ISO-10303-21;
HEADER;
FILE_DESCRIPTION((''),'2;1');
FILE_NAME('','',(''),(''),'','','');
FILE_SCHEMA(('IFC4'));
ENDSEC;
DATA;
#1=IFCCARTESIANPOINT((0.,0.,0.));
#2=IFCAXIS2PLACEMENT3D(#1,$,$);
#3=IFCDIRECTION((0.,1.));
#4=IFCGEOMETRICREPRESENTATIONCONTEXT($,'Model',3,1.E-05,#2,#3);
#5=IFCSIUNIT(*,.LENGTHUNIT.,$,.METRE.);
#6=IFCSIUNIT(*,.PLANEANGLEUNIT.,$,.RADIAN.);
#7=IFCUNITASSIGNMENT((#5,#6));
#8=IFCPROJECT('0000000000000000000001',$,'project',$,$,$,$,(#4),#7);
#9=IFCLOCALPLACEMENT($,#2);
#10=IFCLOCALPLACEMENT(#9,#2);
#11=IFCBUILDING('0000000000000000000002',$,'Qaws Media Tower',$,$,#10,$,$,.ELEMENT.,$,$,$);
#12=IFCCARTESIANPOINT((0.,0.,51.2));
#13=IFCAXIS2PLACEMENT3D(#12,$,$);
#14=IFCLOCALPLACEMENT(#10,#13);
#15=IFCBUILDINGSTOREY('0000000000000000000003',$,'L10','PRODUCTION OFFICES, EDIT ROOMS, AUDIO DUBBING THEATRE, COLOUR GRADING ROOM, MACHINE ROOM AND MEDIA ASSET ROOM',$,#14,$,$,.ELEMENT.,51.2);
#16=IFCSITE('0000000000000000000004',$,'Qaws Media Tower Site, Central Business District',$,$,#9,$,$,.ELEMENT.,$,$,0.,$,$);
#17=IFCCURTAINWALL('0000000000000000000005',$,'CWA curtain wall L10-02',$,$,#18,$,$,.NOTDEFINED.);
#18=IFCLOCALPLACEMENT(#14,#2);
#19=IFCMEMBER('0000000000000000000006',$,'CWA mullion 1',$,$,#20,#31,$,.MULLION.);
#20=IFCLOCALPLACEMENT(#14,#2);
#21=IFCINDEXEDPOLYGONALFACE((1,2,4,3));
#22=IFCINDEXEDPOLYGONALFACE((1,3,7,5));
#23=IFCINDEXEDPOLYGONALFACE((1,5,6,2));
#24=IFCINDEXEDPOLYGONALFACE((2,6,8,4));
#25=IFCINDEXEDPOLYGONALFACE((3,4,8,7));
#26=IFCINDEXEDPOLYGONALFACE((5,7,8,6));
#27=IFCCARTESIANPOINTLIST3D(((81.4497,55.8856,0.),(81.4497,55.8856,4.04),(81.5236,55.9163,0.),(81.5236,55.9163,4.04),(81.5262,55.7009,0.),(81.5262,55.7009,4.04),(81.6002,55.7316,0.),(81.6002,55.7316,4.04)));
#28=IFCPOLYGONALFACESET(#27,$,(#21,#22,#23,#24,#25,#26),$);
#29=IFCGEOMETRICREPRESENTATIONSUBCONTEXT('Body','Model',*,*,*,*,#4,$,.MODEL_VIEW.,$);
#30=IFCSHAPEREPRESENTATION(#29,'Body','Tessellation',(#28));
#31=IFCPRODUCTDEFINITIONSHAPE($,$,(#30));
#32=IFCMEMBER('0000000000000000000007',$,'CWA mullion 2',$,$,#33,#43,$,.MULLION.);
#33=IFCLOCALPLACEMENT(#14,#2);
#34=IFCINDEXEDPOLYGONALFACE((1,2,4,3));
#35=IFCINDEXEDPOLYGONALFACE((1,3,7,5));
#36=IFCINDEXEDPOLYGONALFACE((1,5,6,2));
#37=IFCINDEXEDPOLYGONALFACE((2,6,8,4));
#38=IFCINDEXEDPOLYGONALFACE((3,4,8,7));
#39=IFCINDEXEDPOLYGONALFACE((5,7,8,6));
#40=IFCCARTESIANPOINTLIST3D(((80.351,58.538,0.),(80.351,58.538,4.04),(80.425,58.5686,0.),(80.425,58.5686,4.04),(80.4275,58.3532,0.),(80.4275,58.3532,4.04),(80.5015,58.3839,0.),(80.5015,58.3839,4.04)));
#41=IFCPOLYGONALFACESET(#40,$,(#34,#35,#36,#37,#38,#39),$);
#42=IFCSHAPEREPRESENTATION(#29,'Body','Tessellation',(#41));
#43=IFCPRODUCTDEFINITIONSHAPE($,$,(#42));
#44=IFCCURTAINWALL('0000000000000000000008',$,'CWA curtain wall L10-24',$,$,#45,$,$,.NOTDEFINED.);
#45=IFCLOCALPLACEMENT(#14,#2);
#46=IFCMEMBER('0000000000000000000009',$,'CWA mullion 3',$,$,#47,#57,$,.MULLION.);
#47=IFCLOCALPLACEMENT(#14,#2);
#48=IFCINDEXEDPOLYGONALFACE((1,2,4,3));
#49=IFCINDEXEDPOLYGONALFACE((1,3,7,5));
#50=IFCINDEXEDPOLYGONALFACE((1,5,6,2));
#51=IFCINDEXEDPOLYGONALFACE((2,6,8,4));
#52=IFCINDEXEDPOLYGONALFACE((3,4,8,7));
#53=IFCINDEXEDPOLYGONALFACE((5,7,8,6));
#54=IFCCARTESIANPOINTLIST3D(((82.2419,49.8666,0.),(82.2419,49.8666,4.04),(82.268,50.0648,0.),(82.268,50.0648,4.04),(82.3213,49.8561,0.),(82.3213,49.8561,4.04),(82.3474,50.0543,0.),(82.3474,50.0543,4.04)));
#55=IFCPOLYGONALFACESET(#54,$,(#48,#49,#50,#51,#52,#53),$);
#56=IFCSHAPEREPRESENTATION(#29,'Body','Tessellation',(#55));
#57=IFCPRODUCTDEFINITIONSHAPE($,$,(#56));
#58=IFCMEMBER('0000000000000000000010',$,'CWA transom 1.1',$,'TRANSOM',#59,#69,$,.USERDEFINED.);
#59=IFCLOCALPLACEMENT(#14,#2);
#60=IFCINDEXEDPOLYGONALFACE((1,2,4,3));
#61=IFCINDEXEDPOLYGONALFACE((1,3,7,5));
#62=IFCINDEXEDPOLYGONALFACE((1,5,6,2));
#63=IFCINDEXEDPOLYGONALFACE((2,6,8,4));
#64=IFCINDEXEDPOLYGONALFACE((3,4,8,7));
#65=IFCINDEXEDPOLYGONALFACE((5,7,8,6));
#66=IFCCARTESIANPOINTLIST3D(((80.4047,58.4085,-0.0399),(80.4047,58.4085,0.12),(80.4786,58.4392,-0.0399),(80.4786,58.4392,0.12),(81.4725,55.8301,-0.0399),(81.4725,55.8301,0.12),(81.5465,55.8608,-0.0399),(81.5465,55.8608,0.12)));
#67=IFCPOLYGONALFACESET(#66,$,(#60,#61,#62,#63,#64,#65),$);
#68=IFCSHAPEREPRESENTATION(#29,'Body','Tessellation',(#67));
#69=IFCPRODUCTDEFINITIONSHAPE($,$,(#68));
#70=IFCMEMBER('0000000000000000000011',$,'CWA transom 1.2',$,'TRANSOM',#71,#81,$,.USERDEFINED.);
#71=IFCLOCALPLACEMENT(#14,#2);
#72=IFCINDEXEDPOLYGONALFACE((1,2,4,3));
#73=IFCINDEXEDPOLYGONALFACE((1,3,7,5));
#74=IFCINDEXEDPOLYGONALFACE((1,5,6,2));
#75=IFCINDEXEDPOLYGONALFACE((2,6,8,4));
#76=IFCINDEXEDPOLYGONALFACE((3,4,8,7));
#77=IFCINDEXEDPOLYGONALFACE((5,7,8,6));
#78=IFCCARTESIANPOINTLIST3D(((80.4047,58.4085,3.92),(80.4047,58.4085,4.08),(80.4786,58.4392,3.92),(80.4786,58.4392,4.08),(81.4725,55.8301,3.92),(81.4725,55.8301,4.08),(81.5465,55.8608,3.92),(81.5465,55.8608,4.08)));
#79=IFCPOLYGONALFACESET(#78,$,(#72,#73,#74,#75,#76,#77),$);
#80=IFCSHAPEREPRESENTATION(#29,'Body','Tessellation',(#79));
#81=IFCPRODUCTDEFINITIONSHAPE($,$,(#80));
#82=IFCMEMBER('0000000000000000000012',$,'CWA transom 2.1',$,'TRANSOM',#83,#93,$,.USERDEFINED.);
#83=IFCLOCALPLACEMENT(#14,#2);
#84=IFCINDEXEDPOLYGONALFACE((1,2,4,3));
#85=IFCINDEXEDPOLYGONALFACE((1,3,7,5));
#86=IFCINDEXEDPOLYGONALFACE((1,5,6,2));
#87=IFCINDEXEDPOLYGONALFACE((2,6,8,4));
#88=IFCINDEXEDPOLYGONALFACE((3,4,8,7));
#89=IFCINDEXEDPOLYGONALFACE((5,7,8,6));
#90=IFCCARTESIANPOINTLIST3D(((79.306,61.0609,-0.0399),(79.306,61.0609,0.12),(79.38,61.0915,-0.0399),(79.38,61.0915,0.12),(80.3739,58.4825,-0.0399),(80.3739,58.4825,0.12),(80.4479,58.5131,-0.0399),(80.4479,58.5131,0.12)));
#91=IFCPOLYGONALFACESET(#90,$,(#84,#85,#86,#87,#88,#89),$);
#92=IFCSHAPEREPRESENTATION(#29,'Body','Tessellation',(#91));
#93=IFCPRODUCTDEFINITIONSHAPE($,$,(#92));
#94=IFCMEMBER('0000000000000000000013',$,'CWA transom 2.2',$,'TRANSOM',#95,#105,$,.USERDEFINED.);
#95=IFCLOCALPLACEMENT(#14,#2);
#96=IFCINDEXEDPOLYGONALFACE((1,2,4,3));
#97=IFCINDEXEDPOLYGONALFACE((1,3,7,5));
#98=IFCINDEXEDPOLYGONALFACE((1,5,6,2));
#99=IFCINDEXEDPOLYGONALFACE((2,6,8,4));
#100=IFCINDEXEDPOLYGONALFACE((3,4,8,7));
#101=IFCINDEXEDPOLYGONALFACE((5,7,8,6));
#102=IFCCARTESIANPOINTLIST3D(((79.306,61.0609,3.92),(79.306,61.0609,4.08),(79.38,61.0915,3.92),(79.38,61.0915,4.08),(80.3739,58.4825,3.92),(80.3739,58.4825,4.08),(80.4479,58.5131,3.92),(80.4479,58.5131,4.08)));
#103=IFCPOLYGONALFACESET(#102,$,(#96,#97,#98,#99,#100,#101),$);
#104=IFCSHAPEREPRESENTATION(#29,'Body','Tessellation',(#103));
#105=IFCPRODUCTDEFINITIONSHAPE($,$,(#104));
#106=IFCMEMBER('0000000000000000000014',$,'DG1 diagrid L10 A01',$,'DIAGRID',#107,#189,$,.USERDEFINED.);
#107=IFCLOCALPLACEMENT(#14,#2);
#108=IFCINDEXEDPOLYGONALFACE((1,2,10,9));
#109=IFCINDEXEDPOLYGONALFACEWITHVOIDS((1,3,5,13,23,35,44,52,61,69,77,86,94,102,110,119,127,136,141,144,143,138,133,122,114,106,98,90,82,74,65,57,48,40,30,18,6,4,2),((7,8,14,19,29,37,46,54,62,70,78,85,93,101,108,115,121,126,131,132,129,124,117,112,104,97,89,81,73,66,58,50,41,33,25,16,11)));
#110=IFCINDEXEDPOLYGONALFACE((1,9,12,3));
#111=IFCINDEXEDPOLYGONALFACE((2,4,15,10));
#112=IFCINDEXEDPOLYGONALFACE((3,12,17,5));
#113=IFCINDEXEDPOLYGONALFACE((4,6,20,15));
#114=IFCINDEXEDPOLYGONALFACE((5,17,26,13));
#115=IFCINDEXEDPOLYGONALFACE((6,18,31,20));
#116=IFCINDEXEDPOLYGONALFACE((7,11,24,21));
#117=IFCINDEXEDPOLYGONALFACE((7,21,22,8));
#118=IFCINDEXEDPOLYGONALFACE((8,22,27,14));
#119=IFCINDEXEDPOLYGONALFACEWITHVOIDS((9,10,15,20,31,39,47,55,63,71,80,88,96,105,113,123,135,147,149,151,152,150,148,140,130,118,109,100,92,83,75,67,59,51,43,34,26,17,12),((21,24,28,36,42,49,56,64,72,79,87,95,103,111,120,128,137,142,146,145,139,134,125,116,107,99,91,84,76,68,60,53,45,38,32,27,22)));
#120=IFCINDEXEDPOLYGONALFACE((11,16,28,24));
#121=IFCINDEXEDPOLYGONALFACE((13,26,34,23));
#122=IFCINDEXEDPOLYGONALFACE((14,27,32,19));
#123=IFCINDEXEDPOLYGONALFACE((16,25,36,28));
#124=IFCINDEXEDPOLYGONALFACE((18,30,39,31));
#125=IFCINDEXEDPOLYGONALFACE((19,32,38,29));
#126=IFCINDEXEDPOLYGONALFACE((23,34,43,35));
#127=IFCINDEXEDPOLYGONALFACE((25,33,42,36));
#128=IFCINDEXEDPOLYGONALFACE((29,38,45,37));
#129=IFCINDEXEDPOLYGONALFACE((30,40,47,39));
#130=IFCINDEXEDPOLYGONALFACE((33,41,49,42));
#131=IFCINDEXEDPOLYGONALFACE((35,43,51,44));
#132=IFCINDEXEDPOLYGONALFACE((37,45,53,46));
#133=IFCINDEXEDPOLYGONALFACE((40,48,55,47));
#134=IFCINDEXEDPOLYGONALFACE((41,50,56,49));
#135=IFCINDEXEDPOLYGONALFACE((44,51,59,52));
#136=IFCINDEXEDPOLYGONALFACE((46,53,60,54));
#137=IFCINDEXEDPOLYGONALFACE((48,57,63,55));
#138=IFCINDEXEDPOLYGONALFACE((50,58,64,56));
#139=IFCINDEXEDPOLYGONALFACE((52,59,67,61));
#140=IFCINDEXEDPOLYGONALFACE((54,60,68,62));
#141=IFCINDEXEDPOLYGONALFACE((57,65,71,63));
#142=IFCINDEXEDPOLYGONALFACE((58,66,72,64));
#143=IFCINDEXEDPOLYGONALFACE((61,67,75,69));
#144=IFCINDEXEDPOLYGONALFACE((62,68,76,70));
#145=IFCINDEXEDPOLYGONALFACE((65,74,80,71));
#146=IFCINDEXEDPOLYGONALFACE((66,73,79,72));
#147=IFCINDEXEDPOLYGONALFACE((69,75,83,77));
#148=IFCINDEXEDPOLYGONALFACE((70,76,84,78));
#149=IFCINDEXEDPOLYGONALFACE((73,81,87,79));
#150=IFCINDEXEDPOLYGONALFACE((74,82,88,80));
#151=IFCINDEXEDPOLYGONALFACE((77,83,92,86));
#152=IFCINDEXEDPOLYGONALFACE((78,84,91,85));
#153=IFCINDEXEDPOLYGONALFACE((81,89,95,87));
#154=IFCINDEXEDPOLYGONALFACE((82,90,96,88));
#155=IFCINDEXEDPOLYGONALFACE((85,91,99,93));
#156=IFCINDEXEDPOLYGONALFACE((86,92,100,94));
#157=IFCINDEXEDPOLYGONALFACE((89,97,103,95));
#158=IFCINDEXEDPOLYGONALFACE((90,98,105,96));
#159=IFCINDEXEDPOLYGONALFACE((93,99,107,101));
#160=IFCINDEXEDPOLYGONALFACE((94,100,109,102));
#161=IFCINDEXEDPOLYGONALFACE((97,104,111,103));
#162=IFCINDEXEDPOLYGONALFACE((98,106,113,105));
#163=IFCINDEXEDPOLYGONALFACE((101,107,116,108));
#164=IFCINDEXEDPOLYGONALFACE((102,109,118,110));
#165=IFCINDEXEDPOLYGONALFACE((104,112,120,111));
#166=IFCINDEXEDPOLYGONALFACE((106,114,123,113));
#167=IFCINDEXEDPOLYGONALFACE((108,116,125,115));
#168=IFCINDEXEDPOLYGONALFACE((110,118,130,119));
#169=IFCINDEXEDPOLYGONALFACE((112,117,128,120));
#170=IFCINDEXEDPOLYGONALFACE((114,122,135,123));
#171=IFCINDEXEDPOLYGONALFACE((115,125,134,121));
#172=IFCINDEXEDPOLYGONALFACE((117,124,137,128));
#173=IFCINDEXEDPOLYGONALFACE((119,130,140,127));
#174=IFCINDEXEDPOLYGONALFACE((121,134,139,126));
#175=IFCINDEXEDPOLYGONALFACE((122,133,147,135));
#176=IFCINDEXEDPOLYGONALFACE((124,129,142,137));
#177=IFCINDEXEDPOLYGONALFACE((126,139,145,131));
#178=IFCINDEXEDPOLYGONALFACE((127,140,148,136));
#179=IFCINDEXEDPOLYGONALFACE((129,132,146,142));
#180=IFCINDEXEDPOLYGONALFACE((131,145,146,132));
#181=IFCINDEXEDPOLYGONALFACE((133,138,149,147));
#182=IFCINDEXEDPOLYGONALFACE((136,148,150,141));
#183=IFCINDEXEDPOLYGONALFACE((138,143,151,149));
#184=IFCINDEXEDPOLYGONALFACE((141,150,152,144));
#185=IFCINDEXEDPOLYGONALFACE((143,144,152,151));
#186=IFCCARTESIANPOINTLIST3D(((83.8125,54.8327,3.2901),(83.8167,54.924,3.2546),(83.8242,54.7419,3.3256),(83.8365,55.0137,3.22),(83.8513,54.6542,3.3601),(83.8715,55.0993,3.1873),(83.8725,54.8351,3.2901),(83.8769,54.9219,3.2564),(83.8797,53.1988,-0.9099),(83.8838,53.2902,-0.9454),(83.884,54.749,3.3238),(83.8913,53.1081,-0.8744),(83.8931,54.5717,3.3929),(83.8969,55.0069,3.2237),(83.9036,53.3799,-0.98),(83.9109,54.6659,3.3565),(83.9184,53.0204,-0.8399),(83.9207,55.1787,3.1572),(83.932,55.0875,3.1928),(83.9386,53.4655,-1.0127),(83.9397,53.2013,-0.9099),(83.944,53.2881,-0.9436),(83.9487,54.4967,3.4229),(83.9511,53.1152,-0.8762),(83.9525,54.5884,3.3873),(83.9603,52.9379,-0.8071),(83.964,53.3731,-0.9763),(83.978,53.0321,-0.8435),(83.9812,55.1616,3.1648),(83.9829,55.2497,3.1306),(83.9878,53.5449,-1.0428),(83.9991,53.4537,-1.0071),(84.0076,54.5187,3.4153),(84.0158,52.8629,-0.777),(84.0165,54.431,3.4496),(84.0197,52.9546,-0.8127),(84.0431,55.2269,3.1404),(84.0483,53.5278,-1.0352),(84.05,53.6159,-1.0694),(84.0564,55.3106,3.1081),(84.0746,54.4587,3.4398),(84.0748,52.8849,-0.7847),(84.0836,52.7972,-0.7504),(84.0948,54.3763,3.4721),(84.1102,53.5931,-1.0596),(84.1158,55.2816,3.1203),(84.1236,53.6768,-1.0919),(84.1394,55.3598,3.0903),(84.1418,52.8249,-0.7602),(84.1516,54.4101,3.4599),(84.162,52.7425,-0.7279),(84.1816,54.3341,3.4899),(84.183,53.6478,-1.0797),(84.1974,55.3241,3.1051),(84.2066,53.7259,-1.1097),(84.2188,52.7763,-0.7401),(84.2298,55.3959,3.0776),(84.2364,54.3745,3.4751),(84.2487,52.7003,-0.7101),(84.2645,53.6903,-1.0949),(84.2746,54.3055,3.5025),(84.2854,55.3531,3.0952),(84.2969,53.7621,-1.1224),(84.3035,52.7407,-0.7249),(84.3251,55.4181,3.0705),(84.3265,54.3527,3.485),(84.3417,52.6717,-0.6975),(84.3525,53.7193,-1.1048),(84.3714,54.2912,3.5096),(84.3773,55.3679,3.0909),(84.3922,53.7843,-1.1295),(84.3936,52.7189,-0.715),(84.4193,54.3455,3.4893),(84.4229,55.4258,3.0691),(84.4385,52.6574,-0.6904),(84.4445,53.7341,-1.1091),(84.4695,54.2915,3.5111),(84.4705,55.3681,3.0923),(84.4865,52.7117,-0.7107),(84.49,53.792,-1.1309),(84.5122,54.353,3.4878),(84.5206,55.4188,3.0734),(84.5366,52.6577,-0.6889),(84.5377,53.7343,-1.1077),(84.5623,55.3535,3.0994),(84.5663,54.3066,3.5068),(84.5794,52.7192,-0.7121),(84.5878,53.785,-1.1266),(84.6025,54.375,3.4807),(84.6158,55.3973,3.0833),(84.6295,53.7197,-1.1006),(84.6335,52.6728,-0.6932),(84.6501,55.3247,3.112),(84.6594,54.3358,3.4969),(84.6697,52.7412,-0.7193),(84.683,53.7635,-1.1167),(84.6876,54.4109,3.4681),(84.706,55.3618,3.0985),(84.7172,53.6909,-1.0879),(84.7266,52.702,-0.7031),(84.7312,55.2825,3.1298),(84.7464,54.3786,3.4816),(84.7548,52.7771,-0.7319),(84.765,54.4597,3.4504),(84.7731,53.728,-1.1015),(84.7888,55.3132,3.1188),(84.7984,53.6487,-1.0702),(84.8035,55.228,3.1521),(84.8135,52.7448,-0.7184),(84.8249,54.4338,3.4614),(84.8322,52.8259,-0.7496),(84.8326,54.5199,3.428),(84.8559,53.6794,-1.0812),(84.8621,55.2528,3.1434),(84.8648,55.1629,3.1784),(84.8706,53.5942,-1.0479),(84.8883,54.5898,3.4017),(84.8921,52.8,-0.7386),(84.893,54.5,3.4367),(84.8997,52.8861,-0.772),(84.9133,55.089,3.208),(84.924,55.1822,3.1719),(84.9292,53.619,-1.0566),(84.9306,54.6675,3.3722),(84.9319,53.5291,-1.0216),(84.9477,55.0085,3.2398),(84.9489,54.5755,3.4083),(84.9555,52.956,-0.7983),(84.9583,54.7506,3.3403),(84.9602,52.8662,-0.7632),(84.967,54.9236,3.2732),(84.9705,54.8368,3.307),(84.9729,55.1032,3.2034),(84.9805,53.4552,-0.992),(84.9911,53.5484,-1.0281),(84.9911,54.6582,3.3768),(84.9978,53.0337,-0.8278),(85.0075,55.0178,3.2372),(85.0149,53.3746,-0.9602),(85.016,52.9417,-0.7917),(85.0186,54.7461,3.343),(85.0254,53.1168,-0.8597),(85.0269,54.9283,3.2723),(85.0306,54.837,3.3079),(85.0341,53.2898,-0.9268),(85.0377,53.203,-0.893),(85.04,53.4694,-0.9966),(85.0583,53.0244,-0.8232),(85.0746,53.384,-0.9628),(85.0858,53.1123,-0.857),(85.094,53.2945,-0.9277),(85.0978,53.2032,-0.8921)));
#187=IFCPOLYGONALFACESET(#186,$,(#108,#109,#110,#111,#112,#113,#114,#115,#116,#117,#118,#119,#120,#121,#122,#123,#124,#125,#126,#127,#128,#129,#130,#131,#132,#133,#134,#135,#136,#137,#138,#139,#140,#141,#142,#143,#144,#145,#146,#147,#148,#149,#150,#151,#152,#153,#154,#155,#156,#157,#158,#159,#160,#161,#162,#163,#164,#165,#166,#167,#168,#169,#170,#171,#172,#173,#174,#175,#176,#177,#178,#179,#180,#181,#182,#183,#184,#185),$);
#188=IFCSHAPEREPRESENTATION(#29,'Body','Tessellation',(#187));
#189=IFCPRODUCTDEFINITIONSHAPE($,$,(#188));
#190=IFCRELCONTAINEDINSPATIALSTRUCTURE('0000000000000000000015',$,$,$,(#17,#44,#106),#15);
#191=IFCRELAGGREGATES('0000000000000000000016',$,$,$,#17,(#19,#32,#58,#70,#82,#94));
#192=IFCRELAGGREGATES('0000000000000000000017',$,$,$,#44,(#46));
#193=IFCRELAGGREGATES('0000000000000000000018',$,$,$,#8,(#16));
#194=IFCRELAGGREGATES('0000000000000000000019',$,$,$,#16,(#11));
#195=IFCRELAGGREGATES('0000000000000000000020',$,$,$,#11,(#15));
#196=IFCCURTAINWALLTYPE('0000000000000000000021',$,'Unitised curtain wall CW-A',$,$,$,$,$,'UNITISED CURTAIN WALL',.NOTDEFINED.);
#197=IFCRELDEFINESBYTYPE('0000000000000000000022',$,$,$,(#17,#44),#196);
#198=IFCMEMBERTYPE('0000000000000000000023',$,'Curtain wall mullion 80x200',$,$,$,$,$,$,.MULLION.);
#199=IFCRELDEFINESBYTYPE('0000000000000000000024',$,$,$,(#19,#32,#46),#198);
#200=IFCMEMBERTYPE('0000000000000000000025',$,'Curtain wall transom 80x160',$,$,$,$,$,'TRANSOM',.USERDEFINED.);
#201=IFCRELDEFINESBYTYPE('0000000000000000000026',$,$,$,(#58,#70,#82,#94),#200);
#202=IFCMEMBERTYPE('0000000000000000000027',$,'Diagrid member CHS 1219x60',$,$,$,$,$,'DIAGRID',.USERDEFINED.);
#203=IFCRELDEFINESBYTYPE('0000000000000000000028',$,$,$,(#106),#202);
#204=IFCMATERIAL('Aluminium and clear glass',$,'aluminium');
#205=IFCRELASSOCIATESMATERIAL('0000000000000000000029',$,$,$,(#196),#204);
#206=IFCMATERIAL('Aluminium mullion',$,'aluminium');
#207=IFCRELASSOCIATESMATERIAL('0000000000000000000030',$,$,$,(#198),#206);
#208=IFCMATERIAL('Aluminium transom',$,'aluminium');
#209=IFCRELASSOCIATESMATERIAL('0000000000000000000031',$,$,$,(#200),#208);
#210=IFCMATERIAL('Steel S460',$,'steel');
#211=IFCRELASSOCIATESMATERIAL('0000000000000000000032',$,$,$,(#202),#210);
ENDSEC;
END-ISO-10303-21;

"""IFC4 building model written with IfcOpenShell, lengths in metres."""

from ifc_helpers import new_model, si_unit, direction, frame, origin, origin_2d, place, context, subcontext, project, spatial, rectangle, hollow_circle, extrude, material, material_profile, profile_set, type_object, element, aggregate, save


model = new_model("IFC4")

# Units and contexts
model_context = context("Model", 3, precision=1e-05, world=origin(), true_north=direction((0.0, 1.0)))
body_context = subcontext(model_context, "Body", "Model", "MODEL_VIEW")
ifc_project = project(units=[si_unit("LENGTHUNIT", "METRE"), si_unit("PLANEANGLEUNIT", "RADIAN")], contexts=[model_context])

# Site, building, storey
site_placement = place(None, origin())
site = spatial("IfcSite", under=ifc_project, at=site_placement, Name="Qaws Media Tower Site, Central Business District", CompositionType="ELEMENT", RefElevation=0.0)
building_placement = place(site_placement, origin())
building = spatial("IfcBuilding", under=site, at=building_placement, Name="Qaws Media Tower", CompositionType="ELEMENT")
storey_placement = place(building_placement, frame((0.0, 0.0, 51.2)))
storey = spatial("IfcBuildingStorey", under=building, at=storey_placement, Name="L10", Description="PRODUCTION OFFICES, EDIT ROOMS, AUDIO DUBBING THEATRE, COLOUR GRADING ROOM, MACHINE ROOM AND MEDIA ASSET ROOM", CompositionType="ELEMENT", Elevation=51.2)

# Curtain wall, members
ifc_material_1 = material(Name="Aluminium and clear glass", Category="aluminium")
curtain_wall_type = type_object("IfcCurtainWallType", Name="Unitised curtain wall CW-A", ElementType="UNITISED CURTAIN WALL", PredefinedType="NOTDEFINED", material=ifc_material_1)
curtain_wall_1_placement = place(storey_placement, origin())
curtain_wall_1 = element("IfcCurtainWall", 1, at=curtain_wall_1_placement, inside=storey, type_object=curtain_wall_type, Name="CWA curtain wall L10-02", PredefinedType="NOTDEFINED")
ifc_material_2 = material(Name="Aluminium mullion", Category="aluminium")
ifc_material_profile_1 = material_profile(ifc_material_2, rectangle(XDim=0.0801, YDim=0.2, at=origin_2d()), Name="80x200")
ifc_profile_set_1 = profile_set([ifc_material_profile_1], Name="Aluminium mullion")
member_type_1 = type_object("IfcMemberType", Name="Curtain wall mullion 80x200", PredefinedType="MULLION", material=ifc_profile_set_1)
member_1_placement = place(storey_placement, frame((81.5249, 55.8086, 0.0), z_axis=(0.0, 0.0, 1.0), x_axis=(-0.92388, -0.382683, 0.0)))
member_1 = element("IfcMember", 2, at=member_1_placement, type_object=member_type_1, Name="CWA mullion 1", PredefinedType="MULLION", context=body_context, shape_type="SweptSolid", body=[
    extrude(rectangle(XDim=0.0801, YDim=0.2, at=origin_2d()), origin(), (0.0, 0.0, 1.0), 4.04),
])
member_2_placement = place(storey_placement, frame((80.4263, 58.4609, 0.0), z_axis=(0.0, 0.0, 1.0), x_axis=(-0.92388, -0.382683, 0.0)))
member_2 = element("IfcMember", 3, at=member_2_placement, type_object=member_type_1, Name="CWA mullion 2", PredefinedType="MULLION", context=body_context, shape_type="SweptSolid", body=[
    extrude(rectangle(XDim=0.0801, YDim=0.2, at=origin_2d()), origin(), (0.0, 0.0, 1.0), 4.04),
])

# Curtain wall, member
curtain_wall_2_placement = place(storey_placement, origin())
curtain_wall_2 = element("IfcCurtainWall", 4, at=curtain_wall_2_placement, inside=storey, type_object=curtain_wall_type, Name="CWA curtain wall L10-24", PredefinedType="NOTDEFINED")
member_3_placement = place(storey_placement, frame((82.2947, 49.9604, 0.0), z_axis=(0.0, 0.0, 1.0), x_axis=(-0.991445, 0.130526, 0.0)))
member_3 = element("IfcMember", 5, at=member_3_placement, type_object=member_type_1, Name="CWA mullion 3", PredefinedType="MULLION", context=body_context, shape_type="SweptSolid", body=[
    extrude(rectangle(XDim=0.0801, YDim=0.2, at=origin_2d()), origin(), (0.0, 0.0, 1.0), 4.04),
])

# Members
ifc_material_3 = material(Name="Aluminium transom", Category="aluminium")
ifc_material_profile_2 = material_profile(ifc_material_3, rectangle(XDim=0.0801, YDim=0.1599, at=origin_2d()), Name="80x160")
ifc_profile_set_2 = profile_set([ifc_material_profile_2], Name="Aluminium transom")
member_type_2 = type_object("IfcMemberType", Name="Curtain wall transom 80x160", ElementType="TRANSOM", PredefinedType="USERDEFINED", material=ifc_profile_set_2)
member_4_placement = place(storey_placement, frame((81.5095, 55.8455, 0.04), z_axis=(-0.382645, 0.923895, 0.0), x_axis=(-0.923895, -0.382645, 0.0)))
member_4 = element("IfcMember", 6, at=member_4_placement, type_object=member_type_2, Name="CWA transom 1.1", ObjectType="TRANSOM", PredefinedType="USERDEFINED", context=body_context, shape_type="SweptSolid", body=[
    extrude(rectangle(XDim=0.0801, YDim=0.1599, at=origin_2d()), origin(), (0.0, 0.0, 1.0), 2.7908),
])
member_5_placement = place(storey_placement, frame((81.5095, 55.8455, 4.0), z_axis=(-0.382645, 0.923895, 0.0), x_axis=(-0.923895, -0.382645, 0.0)))
member_5 = element("IfcMember", 7, at=member_5_placement, type_object=member_type_2, Name="CWA transom 1.2", ObjectType="TRANSOM", PredefinedType="USERDEFINED", context=body_context, shape_type="SweptSolid", body=[
    extrude(rectangle(XDim=0.0801, YDim=0.1599, at=origin_2d()), origin(), (0.0, 0.0, 1.0), 2.7908),
])
member_6_placement = place(storey_placement, frame((80.4109, 58.4978, 0.04), z_axis=(-0.382645, 0.923895, 0.0), x_axis=(-0.923895, -0.382645, 0.0)))
member_6 = element("IfcMember", 8, at=member_6_placement, type_object=member_type_2, Name="CWA transom 2.1", ObjectType="TRANSOM", PredefinedType="USERDEFINED", context=body_context, shape_type="SweptSolid", body=[
    extrude(rectangle(XDim=0.0801, YDim=0.1599, at=origin_2d()), origin(), (0.0, 0.0, 1.0), 2.7908),
])
member_7_placement = place(storey_placement, frame((80.4109, 58.4978, 4.0), z_axis=(-0.382645, 0.923895, 0.0), x_axis=(-0.923895, -0.382645, 0.0)))
member_7 = element("IfcMember", 9, at=member_7_placement, type_object=member_type_2, Name="CWA transom 2.2", ObjectType="TRANSOM", PredefinedType="USERDEFINED", context=body_context, shape_type="SweptSolid", body=[
    extrude(rectangle(XDim=0.0801, YDim=0.1599, at=origin_2d()), origin(), (0.0, 0.0, 1.0), 2.7908),
])

# Member
ifc_material_4 = material(Name="Steel S460", Category="steel")
ifc_material_profile_3 = material_profile(ifc_material_4, hollow_circle(Radius=0.6096, WallThickness=0.0601, at=origin_2d()), Name="CHS 1219x60")
ifc_profile_set_3 = profile_set([ifc_material_profile_3], Name="Steel S460")
member_type_3 = type_object("IfcMemberType", Name="Diagrid member CHS 1219x60", ElementType="DIAGRID", PredefinedType="USERDEFINED", material=ifc_profile_set_3)
for number, where, z_axis, x_axis, name in (
    (10, (84.4888, 53.2239, -0.9099), (-0.014896, 0.362498, 0.931866), (-0.999157, -0.041059, 0.0), "DG1 diagrid L10 A01"),
):
    element("IfcMember", number, at=place(storey_placement, frame(where, z_axis=z_axis, x_axis=x_axis)), inside=storey, type_object=member_type_3, Name=name, ObjectType="DIAGRID", PredefinedType="USERDEFINED", context=body_context, shape_type="SweptSolid", body=[
        extrude(hollow_circle(Radius=0.6096, WallThickness=0.0601, at=origin_2d()), origin(), (0.0, 0.0, 1.0), 4.5071),
    ])

aggregate(curtain_wall_1, [member_1, member_2, member_4, member_5, member_6, member_7])
aggregate(curtain_wall_2, [member_3])

save(model, "model.ifc")
